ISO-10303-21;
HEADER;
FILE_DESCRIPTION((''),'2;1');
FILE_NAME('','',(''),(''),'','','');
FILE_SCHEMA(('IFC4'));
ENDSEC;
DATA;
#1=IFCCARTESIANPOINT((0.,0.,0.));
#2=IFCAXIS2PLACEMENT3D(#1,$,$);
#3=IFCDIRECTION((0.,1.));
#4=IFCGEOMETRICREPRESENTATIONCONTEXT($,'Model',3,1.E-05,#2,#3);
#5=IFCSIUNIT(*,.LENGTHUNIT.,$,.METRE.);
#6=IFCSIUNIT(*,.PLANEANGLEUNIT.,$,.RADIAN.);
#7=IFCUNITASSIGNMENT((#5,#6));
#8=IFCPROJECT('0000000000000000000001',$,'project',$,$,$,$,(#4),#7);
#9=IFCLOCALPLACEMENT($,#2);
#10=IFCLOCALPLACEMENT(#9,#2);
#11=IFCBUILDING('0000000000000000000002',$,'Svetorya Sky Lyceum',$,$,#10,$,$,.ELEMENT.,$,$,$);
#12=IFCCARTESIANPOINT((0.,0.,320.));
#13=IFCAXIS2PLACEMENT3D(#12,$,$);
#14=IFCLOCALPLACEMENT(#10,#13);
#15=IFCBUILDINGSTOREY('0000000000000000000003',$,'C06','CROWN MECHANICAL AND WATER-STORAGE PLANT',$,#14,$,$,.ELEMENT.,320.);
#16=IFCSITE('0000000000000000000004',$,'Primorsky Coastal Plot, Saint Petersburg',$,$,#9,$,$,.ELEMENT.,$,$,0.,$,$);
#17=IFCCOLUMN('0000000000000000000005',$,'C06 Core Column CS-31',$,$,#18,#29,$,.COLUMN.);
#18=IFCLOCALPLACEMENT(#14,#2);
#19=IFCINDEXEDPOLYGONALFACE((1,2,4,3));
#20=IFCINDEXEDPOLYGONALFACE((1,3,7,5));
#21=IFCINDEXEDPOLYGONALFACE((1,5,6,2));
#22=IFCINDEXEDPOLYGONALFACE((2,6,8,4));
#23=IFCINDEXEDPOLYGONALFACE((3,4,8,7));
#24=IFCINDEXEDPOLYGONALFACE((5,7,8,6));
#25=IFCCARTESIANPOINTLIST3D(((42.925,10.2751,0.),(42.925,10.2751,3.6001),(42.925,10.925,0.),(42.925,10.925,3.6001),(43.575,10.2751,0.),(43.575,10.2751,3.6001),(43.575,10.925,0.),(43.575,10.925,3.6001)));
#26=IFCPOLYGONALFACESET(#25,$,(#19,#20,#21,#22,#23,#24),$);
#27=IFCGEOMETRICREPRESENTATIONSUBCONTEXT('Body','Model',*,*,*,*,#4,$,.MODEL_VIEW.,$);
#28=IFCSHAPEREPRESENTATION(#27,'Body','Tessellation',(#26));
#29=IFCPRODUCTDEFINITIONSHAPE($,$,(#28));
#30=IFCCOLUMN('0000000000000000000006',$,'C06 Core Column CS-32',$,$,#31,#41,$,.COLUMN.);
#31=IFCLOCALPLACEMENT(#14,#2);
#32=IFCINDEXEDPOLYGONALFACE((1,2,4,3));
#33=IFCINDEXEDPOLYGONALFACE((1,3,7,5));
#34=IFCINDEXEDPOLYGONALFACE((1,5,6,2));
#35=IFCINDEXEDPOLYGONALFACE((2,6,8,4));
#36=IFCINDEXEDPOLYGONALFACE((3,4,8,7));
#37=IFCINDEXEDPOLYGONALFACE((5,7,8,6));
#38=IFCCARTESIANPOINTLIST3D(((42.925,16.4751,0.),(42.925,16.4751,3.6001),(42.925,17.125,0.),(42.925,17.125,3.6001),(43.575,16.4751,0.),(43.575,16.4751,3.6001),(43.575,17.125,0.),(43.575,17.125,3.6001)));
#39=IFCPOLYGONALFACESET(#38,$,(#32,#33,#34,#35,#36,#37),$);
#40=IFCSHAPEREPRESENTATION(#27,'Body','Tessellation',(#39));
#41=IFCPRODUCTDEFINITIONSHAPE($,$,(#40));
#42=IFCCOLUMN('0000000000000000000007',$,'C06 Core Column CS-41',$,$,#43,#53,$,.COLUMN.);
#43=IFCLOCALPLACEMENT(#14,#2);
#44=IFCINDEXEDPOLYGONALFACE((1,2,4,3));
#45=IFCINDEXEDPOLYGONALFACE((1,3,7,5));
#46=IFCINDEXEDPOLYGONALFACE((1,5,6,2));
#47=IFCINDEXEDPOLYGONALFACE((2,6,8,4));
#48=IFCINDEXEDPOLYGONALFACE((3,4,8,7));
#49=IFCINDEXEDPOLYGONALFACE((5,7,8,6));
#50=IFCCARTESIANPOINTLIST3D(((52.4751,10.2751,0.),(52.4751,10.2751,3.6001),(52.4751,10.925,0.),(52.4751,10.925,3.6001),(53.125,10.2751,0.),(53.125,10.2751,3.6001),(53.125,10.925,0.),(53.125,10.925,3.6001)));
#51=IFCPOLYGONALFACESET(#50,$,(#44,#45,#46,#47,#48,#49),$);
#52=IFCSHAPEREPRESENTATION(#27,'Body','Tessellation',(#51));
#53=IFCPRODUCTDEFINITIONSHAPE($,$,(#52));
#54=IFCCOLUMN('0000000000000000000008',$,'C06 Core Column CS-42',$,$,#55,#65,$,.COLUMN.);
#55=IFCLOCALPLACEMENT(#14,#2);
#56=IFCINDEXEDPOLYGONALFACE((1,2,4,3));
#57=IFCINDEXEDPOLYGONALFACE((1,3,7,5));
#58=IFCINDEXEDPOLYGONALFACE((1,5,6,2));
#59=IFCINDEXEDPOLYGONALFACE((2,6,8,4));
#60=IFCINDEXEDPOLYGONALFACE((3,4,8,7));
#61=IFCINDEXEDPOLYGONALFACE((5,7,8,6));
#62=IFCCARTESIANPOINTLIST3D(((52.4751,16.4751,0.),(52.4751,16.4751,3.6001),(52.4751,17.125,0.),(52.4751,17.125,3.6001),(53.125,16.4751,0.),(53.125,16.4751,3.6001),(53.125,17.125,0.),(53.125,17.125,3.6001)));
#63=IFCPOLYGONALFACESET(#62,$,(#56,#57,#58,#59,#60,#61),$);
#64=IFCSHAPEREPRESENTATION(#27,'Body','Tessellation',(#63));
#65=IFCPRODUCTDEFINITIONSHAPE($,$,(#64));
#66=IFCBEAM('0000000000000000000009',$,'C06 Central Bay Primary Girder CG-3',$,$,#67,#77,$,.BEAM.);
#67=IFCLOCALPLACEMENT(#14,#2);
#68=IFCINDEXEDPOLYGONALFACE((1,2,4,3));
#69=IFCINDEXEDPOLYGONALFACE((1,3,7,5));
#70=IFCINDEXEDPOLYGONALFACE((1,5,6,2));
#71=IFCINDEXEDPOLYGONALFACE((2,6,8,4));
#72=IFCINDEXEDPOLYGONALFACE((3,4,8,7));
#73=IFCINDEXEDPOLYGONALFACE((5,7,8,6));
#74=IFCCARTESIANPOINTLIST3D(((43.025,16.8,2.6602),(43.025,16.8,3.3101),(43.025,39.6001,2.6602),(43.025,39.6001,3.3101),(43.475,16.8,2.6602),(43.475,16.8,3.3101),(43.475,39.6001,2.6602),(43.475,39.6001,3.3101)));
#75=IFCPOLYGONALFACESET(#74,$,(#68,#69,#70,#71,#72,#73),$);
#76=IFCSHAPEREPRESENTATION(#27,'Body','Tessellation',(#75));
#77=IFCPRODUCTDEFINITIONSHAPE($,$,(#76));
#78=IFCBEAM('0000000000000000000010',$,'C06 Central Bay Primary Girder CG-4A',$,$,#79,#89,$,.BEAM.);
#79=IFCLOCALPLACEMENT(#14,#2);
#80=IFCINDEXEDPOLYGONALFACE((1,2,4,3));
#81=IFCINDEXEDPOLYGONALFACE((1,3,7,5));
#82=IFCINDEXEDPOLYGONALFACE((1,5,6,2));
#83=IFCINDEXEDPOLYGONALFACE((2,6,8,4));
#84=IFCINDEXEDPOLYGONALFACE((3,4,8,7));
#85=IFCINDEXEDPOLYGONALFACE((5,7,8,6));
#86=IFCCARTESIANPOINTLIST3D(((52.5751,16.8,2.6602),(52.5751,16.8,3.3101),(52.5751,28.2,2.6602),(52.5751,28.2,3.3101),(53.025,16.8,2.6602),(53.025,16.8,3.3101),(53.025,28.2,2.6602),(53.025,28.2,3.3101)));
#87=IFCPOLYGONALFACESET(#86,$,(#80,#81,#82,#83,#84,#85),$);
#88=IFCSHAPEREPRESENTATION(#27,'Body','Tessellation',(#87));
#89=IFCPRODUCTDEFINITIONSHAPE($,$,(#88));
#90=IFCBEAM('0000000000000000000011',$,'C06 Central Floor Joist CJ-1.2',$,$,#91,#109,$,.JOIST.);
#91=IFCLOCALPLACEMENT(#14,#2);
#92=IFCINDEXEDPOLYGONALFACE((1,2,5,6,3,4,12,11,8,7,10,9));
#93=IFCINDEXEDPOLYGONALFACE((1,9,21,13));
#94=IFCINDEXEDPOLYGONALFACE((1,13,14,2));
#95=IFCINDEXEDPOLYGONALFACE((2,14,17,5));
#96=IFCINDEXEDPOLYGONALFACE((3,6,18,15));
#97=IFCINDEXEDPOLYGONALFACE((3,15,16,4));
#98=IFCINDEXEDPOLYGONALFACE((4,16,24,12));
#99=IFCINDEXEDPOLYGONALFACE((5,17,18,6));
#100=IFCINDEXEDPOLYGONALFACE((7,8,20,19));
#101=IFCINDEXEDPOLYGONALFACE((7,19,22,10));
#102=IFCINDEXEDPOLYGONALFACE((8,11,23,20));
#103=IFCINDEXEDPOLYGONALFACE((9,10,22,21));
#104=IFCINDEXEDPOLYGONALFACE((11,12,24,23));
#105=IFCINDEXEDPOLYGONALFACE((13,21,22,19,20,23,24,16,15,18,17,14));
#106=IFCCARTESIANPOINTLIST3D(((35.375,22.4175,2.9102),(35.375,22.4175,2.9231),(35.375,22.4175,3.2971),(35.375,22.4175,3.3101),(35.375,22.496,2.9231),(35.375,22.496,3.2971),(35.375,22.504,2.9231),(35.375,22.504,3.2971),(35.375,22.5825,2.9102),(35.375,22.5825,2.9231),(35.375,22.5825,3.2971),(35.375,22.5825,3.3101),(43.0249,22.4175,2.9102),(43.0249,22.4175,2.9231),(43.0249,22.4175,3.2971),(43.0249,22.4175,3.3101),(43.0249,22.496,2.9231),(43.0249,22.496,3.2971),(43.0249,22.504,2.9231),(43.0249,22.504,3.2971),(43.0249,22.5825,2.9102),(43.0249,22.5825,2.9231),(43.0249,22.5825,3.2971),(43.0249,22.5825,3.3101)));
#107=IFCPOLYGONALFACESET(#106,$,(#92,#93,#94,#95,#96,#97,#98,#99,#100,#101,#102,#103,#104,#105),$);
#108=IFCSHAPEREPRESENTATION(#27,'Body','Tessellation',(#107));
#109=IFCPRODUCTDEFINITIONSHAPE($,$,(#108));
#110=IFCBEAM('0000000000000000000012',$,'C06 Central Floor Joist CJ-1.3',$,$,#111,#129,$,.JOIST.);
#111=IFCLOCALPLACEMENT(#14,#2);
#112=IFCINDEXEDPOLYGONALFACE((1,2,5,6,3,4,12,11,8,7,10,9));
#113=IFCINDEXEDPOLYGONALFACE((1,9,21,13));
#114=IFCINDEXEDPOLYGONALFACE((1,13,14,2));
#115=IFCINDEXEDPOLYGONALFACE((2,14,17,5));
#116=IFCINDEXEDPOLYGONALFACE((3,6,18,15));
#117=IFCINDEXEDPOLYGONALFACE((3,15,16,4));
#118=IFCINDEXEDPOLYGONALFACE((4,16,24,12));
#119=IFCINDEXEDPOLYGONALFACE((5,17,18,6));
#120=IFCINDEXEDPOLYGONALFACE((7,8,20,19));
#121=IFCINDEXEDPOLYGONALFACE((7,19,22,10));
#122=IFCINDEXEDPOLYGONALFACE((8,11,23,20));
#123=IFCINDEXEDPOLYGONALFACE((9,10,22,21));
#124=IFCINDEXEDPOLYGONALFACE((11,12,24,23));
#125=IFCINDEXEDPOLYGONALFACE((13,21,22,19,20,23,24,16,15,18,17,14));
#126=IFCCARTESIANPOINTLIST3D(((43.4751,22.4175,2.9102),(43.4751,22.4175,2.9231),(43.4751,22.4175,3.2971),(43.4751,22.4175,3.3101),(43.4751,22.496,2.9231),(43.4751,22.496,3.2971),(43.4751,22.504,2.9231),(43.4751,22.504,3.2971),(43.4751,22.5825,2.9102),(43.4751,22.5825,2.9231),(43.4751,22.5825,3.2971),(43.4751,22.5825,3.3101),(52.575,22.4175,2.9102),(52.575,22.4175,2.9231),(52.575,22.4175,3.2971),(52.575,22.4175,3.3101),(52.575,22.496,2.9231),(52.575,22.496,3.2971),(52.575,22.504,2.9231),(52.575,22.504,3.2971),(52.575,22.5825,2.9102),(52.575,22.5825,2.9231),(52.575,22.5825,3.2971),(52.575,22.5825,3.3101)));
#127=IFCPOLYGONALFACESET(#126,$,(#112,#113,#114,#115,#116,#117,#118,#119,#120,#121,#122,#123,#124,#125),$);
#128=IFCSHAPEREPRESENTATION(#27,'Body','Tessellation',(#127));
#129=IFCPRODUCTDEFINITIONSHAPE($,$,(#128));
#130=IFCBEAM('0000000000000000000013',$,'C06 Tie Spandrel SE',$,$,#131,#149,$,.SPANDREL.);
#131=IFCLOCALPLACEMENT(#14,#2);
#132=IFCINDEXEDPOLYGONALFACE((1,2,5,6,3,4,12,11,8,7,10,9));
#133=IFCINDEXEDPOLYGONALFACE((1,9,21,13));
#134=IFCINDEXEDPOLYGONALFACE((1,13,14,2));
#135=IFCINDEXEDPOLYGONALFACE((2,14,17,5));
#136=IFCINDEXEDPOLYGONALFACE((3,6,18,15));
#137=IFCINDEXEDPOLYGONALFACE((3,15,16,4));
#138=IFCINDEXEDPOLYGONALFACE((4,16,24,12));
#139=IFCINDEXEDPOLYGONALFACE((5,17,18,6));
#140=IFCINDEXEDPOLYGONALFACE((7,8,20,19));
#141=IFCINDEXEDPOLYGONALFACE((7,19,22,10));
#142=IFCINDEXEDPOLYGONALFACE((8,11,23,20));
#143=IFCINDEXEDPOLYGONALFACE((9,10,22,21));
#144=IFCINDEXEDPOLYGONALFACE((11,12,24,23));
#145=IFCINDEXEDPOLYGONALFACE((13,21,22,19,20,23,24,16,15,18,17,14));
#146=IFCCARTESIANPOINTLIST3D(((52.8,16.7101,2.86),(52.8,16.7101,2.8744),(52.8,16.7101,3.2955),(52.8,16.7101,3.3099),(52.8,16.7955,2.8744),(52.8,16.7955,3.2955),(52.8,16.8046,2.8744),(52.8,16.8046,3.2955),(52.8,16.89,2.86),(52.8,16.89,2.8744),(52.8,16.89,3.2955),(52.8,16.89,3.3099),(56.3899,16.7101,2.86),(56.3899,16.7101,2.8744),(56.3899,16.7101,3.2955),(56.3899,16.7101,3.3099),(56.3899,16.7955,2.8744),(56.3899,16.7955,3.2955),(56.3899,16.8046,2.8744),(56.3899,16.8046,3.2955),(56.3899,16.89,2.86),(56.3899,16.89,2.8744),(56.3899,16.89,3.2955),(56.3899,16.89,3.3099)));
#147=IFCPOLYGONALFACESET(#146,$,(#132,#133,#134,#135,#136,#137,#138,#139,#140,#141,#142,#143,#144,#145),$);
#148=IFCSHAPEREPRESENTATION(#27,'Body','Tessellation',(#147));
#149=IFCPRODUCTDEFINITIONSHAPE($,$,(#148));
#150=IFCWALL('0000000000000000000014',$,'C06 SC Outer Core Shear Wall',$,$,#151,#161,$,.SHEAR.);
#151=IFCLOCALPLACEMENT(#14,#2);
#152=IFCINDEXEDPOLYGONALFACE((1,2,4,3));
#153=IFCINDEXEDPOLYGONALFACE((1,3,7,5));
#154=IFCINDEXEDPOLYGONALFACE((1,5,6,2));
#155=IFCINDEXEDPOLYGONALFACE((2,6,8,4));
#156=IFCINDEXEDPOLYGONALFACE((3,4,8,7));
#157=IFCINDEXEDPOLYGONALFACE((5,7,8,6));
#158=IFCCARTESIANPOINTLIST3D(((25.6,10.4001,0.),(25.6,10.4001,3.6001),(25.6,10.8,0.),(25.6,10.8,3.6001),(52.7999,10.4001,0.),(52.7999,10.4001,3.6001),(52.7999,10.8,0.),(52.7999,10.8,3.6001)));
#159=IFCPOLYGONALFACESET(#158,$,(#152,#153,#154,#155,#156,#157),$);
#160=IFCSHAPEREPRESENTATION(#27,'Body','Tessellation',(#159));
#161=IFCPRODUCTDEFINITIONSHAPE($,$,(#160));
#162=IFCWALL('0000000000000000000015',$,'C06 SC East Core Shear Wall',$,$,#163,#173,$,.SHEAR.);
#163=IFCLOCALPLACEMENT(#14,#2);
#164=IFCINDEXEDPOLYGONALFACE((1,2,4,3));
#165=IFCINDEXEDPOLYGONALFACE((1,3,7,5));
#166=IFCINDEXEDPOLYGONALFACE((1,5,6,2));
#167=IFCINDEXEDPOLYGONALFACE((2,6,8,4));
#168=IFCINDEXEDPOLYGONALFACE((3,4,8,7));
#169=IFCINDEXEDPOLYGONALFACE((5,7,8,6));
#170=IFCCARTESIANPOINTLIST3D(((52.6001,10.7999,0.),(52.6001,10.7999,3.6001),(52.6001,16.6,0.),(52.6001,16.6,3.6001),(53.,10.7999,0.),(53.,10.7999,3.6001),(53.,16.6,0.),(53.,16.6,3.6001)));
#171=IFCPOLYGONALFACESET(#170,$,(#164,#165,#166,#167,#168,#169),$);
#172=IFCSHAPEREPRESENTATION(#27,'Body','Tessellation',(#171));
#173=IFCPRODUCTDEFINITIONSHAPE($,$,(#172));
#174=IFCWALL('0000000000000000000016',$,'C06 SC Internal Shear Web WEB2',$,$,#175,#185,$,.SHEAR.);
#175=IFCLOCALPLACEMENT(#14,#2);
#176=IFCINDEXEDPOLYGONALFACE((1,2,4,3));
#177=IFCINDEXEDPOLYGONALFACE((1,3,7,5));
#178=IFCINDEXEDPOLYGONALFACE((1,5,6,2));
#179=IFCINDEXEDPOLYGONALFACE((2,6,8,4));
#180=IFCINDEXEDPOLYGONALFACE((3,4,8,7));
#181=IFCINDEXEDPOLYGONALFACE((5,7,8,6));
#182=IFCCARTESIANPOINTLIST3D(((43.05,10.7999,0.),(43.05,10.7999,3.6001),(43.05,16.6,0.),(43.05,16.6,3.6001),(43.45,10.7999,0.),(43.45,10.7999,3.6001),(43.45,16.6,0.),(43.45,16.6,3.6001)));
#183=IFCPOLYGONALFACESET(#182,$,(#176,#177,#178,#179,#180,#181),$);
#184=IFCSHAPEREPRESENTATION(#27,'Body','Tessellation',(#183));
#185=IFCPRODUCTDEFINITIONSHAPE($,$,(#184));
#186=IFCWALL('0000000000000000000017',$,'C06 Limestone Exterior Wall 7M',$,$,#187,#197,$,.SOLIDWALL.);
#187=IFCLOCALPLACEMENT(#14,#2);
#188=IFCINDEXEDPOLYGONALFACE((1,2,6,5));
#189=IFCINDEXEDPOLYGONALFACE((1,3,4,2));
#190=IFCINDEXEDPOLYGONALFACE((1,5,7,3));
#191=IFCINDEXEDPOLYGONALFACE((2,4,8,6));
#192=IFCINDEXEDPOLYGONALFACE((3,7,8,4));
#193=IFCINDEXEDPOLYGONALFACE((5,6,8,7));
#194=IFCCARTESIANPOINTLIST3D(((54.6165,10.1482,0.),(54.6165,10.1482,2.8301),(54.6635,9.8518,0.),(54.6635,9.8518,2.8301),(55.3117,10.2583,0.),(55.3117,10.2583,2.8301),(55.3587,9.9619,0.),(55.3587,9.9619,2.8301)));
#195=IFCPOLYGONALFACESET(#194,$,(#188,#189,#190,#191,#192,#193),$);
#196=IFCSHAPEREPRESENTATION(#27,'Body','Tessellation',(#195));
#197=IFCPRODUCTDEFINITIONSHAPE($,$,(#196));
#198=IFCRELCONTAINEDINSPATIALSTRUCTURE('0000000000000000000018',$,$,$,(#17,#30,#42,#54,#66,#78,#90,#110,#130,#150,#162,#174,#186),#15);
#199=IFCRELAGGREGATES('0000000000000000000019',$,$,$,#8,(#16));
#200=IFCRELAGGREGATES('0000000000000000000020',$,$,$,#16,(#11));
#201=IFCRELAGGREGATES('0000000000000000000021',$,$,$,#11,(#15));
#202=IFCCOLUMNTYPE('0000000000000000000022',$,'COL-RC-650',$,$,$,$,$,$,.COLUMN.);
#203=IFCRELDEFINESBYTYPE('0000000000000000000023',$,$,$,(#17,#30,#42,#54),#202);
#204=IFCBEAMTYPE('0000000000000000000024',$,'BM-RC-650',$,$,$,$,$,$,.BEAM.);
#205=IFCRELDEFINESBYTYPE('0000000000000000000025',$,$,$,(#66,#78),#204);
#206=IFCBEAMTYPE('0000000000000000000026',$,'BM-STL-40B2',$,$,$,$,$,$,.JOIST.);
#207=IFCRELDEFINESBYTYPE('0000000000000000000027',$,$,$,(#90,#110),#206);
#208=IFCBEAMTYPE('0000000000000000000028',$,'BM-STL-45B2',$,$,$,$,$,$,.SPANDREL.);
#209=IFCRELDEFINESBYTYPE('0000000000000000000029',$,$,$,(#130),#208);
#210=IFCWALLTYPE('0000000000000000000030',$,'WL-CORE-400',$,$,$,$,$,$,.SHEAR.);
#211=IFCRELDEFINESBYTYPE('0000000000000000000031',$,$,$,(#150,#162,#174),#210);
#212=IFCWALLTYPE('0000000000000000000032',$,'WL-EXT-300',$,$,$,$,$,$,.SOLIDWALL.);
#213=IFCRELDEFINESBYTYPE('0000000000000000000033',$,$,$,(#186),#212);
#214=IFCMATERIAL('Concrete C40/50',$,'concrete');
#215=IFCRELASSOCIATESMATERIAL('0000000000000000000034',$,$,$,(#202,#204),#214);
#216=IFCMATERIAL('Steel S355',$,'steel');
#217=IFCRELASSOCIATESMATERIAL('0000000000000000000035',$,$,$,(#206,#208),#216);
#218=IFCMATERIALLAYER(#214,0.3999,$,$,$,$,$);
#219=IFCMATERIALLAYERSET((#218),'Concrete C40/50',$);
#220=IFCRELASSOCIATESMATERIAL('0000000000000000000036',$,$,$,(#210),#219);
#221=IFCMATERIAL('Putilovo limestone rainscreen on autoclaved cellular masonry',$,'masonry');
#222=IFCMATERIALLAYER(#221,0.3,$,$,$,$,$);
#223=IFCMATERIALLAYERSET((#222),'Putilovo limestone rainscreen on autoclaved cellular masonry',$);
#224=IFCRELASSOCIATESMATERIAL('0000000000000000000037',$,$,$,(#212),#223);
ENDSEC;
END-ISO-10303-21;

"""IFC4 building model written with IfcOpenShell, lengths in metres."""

from ifc_helpers import new_model, si_unit, direction, frame, frame_2d, origin, origin_2d, place, context, subcontext, project, spatial, rectangle, i_section, extrude, material, layer, layer_set, material_profile, profile_set, type_object, element, save


model = new_model("IFC4")

# Units and contexts
model_context = context("Model", 3, precision=1e-05, world=origin(), true_north=direction((0.0, 1.0)))
body_context = subcontext(model_context, "Body", "Model", "MODEL_VIEW")
ifc_project = project(units=[si_unit("LENGTHUNIT", "METRE"), si_unit("PLANEANGLEUNIT", "RADIAN")], contexts=[model_context])

# Site, building, storey
site_placement = place(None, origin())
site = spatial("IfcSite", under=ifc_project, at=site_placement, Name="Primorsky Coastal Plot, Saint Petersburg", CompositionType="ELEMENT", RefElevation=0.0)
building_placement = place(site_placement, origin())
building = spatial("IfcBuilding", under=site, at=building_placement, Name="Svetorya Sky Lyceum", CompositionType="ELEMENT")
storey_placement = place(building_placement, frame((0.0, 0.0, 320.0)))
storey = spatial("IfcBuildingStorey", under=building, at=storey_placement, Name="C06", Description="CROWN MECHANICAL AND WATER-STORAGE PLANT", CompositionType="ELEMENT", Elevation=320.0)

# Columns
ifc_material_1 = material(Name="Concrete C40/50", Category="concrete")
ifc_material_profile_1 = material_profile(ifc_material_1, rectangle(XDim=0.6499, YDim=0.6499, at=origin_2d()), Name="RC COL 650x650")
ifc_profile_set_1 = profile_set([ifc_material_profile_1], Name="Concrete C40/50")
column_type = type_object("IfcColumnType", Name="COL-RC-650", PredefinedType="COLUMN", material=ifc_profile_set_1)
for number, where, z_axis, x_axis, name in (
    (1, (43.25, 10.6001, 0.0), (0.0, 0.0, 1.0), (1.0, 0.0, 0.0), "C06 Core Column CS-31"),
    (2, (43.25, 16.8, 0.0), (0.0, 0.0, 1.0), (1.0, 0.0, 0.0), "C06 Core Column CS-32"),
    (3, (52.8, 10.6001, 0.0), (0.0, 0.0, 1.0), (1.0, 0.0, 0.0), "C06 Core Column CS-41"),
    (4, (52.8, 16.8, 0.0), (0.0, 0.0, 1.0), (1.0, 0.0, 0.0), "C06 Core Column CS-42"),
):
    element("IfcColumn", number, at=place(storey_placement, frame(where, z_axis=z_axis, x_axis=x_axis)), inside=storey, type_object=column_type, Name=name, PredefinedType="COLUMN", context=body_context, shape_type="SweptSolid", body=[
        extrude(rectangle(XDim=0.6499, YDim=0.6499, at=origin_2d()), origin(), (0.0, 0.0, 1.0), 3.6001),
    ])

# Beams
ifc_material_profile_2 = material_profile(ifc_material_1, rectangle(XDim=0.45, YDim=0.6499, at=origin_2d()), Name="RC BEAM 450x650")
ifc_profile_set_2 = profile_set([ifc_material_profile_2], Name="Concrete C40/50")
beam_type_1 = type_object("IfcBeamType", Name="BM-RC-650", PredefinedType="BEAM", material=ifc_profile_set_2)
beam_1_placement = place(storey_placement, frame((43.25, 16.8, 2.9851), z_axis=(0.0, 1.0, 0.0), x_axis=(-1.0, 0.0, 0.0)))
element("IfcBeam", 5, at=beam_1_placement, inside=storey, type_object=beam_type_1, Name="C06 Central Bay Primary Girder CG-3", PredefinedType="BEAM", context=body_context, shape_type="SweptSolid", body=[
    extrude(rectangle(XDim=0.45, YDim=0.6499, at=origin_2d()), origin(), (0.0, 0.0, 1.0), 22.8),
])
beam_2_placement = place(storey_placement, frame((52.8, 16.8, 2.9851), z_axis=(0.0, 1.0, 0.0), x_axis=(-1.0, 0.0, 0.0)))
element("IfcBeam", 6, at=beam_2_placement, inside=storey, type_object=beam_type_1, Name="C06 Central Bay Primary Girder CG-4A", PredefinedType="BEAM", context=body_context, shape_type="SweptSolid", body=[
    extrude(rectangle(XDim=0.45, YDim=0.6499, at=origin_2d()), origin(), (0.0, 0.0, 1.0), 11.3999),
])
ifc_material_2 = material(Name="Steel S355", Category="steel")
ifc_material_profile_3 = material_profile(ifc_material_2, i_section(OverallWidth=0.165, OverallDepth=0.3999, WebThickness=0.0081, FlangeThickness=0.0129, at=origin_2d()), Name="GOST 40B2")
ifc_profile_set_3 = profile_set([ifc_material_profile_3], Name="Steel S355")
beam_type_2 = type_object("IfcBeamType", Name="BM-STL-40B2", PredefinedType="JOIST", material=ifc_profile_set_3)
beam_3_placement = place(storey_placement, frame((35.375, 22.5, 3.1101), z_axis=(1.0, 0.0, 0.0), x_axis=(0.0, 1.0, 0.0)))
element("IfcBeam", 7, at=beam_3_placement, inside=storey, type_object=beam_type_2, Name="C06 Central Floor Joist CJ-1.2", PredefinedType="JOIST", context=body_context, shape_type="SweptSolid", body=[
    extrude(i_section(OverallWidth=0.165, OverallDepth=0.3999, WebThickness=0.0081, FlangeThickness=0.0129, at=origin_2d()), origin(), (0.0, 0.0, 1.0), 7.6499),
])
beam_4_placement = place(storey_placement, frame((43.4751, 22.5, 3.1101), z_axis=(1.0, 0.0, 0.0), x_axis=(0.0, 1.0, 0.0)))
element("IfcBeam", 8, at=beam_4_placement, inside=storey, type_object=beam_type_2, Name="C06 Central Floor Joist CJ-1.3", PredefinedType="JOIST", context=body_context, shape_type="SweptSolid", body=[
    extrude(i_section(OverallWidth=0.165, OverallDepth=0.3999, WebThickness=0.0081, FlangeThickness=0.0129, at=origin_2d()), origin(), (0.0, 0.0, 1.0), 9.0999),
])
ifc_material_profile_4 = material_profile(ifc_material_2, i_section(OverallWidth=0.1799, OverallDepth=0.45, WebThickness=0.009, FlangeThickness=0.0144, at=origin_2d()), Name="GOST 45B2")
ifc_profile_set_4 = profile_set([ifc_material_profile_4], Name="Steel S355")
beam_type_3 = type_object("IfcBeamType", Name="BM-STL-45B2", PredefinedType="SPANDREL", material=ifc_profile_set_4)
beam_5_placement = place(storey_placement, frame((52.8, 16.8, 3.085), z_axis=(1.0, 0.0, 0.0), x_axis=(0.0, 1.0, 0.0)))
element("IfcBeam", 9, at=beam_5_placement, inside=storey, type_object=beam_type_3, Name="C06 Tie Spandrel SE", PredefinedType="SPANDREL", context=body_context, shape_type="SweptSolid", body=[
    extrude(i_section(OverallWidth=0.1799, OverallDepth=0.45, WebThickness=0.009, FlangeThickness=0.0144, at=origin_2d()), origin(), (0.0, 0.0, 1.0), 3.5898),
])

# Walls
ifc_layer_1 = layer(ifc_material_1, 0.3999)
ifc_layer_set_1 = layer_set([ifc_layer_1], Name="Concrete C40/50")
wall_type_1 = type_object("IfcWallType", Name="WL-CORE-400", PredefinedType="SHEAR", material=ifc_layer_set_1)
wall_1_placement = place(storey_placement, frame((52.8, 10.6001, 0.0), z_axis=(0.0, 0.0, 1.0), x_axis=(-1.0, 0.0, 0.0)))
element("IfcWall", 10, at=wall_1_placement, inside=storey, type_object=wall_type_1, Name="C06 SC Outer Core Shear Wall", PredefinedType="SHEAR", context=body_context, shape_type="SweptSolid", body=[
    extrude(rectangle(XDim=27.2, YDim=0.3999, at=frame_2d((13.6001, 0.0))), origin(), (0.0, 0.0, 1.0), 3.6001),
])
for number, where, z_axis, x_axis, name in (
    (11, (52.8, 10.8, 0.0), (0.0, 0.0, 1.0), (0.0, 1.0, 0.0), "C06 SC East Core Shear Wall"),
    (12, (43.25, 10.8, 0.0), (0.0, 0.0, 1.0), (0.0, 1.0, 0.0), "C06 SC Internal Shear Web WEB2"),
):
    element("IfcWall", number, at=place(storey_placement, frame(where, z_axis=z_axis, x_axis=x_axis)), inside=storey, type_object=wall_type_1, Name=name, PredefinedType="SHEAR", context=body_context, shape_type="SweptSolid", body=[
        extrude(rectangle(XDim=5.8, YDim=0.3999, at=frame_2d((2.8999, 0.0))), origin(), (0.0, 0.0, 1.0), 3.6001),
    ])
ifc_material_3 = material(Name="Putilovo limestone rainscreen on autoclaved cellular masonry", Category="masonry")
ifc_layer_2 = layer(ifc_material_3, 0.3)
ifc_layer_set_2 = layer_set([ifc_layer_2], Name="Putilovo limestone rainscreen on autoclaved cellular masonry")
wall_type_2 = type_object("IfcWallType", Name="WL-EXT-300", PredefinedType="SOLIDWALL", material=ifc_layer_set_2)
for number, where, z_axis, x_axis, name in (
    (13, (54.6399, 10.0, 0.0), (0.0, 0.0, 1.0), (0.987693, 0.156408, 0.0), "C06 Limestone Exterior Wall 7M"),
):
    element("IfcWall", number, at=place(storey_placement, frame(where, z_axis=z_axis, x_axis=x_axis)), inside=storey, type_object=wall_type_2, Name=name, PredefinedType="SOLIDWALL", context=body_context, shape_type="SweptSolid", body=[
        extrude(rectangle(XDim=0.7039, YDim=0.3, at=frame_2d((0.3521, 0.0))), origin(), (0.0, 0.0, 1.0), 2.8301),
    ])

save(model, "model.ifc")
